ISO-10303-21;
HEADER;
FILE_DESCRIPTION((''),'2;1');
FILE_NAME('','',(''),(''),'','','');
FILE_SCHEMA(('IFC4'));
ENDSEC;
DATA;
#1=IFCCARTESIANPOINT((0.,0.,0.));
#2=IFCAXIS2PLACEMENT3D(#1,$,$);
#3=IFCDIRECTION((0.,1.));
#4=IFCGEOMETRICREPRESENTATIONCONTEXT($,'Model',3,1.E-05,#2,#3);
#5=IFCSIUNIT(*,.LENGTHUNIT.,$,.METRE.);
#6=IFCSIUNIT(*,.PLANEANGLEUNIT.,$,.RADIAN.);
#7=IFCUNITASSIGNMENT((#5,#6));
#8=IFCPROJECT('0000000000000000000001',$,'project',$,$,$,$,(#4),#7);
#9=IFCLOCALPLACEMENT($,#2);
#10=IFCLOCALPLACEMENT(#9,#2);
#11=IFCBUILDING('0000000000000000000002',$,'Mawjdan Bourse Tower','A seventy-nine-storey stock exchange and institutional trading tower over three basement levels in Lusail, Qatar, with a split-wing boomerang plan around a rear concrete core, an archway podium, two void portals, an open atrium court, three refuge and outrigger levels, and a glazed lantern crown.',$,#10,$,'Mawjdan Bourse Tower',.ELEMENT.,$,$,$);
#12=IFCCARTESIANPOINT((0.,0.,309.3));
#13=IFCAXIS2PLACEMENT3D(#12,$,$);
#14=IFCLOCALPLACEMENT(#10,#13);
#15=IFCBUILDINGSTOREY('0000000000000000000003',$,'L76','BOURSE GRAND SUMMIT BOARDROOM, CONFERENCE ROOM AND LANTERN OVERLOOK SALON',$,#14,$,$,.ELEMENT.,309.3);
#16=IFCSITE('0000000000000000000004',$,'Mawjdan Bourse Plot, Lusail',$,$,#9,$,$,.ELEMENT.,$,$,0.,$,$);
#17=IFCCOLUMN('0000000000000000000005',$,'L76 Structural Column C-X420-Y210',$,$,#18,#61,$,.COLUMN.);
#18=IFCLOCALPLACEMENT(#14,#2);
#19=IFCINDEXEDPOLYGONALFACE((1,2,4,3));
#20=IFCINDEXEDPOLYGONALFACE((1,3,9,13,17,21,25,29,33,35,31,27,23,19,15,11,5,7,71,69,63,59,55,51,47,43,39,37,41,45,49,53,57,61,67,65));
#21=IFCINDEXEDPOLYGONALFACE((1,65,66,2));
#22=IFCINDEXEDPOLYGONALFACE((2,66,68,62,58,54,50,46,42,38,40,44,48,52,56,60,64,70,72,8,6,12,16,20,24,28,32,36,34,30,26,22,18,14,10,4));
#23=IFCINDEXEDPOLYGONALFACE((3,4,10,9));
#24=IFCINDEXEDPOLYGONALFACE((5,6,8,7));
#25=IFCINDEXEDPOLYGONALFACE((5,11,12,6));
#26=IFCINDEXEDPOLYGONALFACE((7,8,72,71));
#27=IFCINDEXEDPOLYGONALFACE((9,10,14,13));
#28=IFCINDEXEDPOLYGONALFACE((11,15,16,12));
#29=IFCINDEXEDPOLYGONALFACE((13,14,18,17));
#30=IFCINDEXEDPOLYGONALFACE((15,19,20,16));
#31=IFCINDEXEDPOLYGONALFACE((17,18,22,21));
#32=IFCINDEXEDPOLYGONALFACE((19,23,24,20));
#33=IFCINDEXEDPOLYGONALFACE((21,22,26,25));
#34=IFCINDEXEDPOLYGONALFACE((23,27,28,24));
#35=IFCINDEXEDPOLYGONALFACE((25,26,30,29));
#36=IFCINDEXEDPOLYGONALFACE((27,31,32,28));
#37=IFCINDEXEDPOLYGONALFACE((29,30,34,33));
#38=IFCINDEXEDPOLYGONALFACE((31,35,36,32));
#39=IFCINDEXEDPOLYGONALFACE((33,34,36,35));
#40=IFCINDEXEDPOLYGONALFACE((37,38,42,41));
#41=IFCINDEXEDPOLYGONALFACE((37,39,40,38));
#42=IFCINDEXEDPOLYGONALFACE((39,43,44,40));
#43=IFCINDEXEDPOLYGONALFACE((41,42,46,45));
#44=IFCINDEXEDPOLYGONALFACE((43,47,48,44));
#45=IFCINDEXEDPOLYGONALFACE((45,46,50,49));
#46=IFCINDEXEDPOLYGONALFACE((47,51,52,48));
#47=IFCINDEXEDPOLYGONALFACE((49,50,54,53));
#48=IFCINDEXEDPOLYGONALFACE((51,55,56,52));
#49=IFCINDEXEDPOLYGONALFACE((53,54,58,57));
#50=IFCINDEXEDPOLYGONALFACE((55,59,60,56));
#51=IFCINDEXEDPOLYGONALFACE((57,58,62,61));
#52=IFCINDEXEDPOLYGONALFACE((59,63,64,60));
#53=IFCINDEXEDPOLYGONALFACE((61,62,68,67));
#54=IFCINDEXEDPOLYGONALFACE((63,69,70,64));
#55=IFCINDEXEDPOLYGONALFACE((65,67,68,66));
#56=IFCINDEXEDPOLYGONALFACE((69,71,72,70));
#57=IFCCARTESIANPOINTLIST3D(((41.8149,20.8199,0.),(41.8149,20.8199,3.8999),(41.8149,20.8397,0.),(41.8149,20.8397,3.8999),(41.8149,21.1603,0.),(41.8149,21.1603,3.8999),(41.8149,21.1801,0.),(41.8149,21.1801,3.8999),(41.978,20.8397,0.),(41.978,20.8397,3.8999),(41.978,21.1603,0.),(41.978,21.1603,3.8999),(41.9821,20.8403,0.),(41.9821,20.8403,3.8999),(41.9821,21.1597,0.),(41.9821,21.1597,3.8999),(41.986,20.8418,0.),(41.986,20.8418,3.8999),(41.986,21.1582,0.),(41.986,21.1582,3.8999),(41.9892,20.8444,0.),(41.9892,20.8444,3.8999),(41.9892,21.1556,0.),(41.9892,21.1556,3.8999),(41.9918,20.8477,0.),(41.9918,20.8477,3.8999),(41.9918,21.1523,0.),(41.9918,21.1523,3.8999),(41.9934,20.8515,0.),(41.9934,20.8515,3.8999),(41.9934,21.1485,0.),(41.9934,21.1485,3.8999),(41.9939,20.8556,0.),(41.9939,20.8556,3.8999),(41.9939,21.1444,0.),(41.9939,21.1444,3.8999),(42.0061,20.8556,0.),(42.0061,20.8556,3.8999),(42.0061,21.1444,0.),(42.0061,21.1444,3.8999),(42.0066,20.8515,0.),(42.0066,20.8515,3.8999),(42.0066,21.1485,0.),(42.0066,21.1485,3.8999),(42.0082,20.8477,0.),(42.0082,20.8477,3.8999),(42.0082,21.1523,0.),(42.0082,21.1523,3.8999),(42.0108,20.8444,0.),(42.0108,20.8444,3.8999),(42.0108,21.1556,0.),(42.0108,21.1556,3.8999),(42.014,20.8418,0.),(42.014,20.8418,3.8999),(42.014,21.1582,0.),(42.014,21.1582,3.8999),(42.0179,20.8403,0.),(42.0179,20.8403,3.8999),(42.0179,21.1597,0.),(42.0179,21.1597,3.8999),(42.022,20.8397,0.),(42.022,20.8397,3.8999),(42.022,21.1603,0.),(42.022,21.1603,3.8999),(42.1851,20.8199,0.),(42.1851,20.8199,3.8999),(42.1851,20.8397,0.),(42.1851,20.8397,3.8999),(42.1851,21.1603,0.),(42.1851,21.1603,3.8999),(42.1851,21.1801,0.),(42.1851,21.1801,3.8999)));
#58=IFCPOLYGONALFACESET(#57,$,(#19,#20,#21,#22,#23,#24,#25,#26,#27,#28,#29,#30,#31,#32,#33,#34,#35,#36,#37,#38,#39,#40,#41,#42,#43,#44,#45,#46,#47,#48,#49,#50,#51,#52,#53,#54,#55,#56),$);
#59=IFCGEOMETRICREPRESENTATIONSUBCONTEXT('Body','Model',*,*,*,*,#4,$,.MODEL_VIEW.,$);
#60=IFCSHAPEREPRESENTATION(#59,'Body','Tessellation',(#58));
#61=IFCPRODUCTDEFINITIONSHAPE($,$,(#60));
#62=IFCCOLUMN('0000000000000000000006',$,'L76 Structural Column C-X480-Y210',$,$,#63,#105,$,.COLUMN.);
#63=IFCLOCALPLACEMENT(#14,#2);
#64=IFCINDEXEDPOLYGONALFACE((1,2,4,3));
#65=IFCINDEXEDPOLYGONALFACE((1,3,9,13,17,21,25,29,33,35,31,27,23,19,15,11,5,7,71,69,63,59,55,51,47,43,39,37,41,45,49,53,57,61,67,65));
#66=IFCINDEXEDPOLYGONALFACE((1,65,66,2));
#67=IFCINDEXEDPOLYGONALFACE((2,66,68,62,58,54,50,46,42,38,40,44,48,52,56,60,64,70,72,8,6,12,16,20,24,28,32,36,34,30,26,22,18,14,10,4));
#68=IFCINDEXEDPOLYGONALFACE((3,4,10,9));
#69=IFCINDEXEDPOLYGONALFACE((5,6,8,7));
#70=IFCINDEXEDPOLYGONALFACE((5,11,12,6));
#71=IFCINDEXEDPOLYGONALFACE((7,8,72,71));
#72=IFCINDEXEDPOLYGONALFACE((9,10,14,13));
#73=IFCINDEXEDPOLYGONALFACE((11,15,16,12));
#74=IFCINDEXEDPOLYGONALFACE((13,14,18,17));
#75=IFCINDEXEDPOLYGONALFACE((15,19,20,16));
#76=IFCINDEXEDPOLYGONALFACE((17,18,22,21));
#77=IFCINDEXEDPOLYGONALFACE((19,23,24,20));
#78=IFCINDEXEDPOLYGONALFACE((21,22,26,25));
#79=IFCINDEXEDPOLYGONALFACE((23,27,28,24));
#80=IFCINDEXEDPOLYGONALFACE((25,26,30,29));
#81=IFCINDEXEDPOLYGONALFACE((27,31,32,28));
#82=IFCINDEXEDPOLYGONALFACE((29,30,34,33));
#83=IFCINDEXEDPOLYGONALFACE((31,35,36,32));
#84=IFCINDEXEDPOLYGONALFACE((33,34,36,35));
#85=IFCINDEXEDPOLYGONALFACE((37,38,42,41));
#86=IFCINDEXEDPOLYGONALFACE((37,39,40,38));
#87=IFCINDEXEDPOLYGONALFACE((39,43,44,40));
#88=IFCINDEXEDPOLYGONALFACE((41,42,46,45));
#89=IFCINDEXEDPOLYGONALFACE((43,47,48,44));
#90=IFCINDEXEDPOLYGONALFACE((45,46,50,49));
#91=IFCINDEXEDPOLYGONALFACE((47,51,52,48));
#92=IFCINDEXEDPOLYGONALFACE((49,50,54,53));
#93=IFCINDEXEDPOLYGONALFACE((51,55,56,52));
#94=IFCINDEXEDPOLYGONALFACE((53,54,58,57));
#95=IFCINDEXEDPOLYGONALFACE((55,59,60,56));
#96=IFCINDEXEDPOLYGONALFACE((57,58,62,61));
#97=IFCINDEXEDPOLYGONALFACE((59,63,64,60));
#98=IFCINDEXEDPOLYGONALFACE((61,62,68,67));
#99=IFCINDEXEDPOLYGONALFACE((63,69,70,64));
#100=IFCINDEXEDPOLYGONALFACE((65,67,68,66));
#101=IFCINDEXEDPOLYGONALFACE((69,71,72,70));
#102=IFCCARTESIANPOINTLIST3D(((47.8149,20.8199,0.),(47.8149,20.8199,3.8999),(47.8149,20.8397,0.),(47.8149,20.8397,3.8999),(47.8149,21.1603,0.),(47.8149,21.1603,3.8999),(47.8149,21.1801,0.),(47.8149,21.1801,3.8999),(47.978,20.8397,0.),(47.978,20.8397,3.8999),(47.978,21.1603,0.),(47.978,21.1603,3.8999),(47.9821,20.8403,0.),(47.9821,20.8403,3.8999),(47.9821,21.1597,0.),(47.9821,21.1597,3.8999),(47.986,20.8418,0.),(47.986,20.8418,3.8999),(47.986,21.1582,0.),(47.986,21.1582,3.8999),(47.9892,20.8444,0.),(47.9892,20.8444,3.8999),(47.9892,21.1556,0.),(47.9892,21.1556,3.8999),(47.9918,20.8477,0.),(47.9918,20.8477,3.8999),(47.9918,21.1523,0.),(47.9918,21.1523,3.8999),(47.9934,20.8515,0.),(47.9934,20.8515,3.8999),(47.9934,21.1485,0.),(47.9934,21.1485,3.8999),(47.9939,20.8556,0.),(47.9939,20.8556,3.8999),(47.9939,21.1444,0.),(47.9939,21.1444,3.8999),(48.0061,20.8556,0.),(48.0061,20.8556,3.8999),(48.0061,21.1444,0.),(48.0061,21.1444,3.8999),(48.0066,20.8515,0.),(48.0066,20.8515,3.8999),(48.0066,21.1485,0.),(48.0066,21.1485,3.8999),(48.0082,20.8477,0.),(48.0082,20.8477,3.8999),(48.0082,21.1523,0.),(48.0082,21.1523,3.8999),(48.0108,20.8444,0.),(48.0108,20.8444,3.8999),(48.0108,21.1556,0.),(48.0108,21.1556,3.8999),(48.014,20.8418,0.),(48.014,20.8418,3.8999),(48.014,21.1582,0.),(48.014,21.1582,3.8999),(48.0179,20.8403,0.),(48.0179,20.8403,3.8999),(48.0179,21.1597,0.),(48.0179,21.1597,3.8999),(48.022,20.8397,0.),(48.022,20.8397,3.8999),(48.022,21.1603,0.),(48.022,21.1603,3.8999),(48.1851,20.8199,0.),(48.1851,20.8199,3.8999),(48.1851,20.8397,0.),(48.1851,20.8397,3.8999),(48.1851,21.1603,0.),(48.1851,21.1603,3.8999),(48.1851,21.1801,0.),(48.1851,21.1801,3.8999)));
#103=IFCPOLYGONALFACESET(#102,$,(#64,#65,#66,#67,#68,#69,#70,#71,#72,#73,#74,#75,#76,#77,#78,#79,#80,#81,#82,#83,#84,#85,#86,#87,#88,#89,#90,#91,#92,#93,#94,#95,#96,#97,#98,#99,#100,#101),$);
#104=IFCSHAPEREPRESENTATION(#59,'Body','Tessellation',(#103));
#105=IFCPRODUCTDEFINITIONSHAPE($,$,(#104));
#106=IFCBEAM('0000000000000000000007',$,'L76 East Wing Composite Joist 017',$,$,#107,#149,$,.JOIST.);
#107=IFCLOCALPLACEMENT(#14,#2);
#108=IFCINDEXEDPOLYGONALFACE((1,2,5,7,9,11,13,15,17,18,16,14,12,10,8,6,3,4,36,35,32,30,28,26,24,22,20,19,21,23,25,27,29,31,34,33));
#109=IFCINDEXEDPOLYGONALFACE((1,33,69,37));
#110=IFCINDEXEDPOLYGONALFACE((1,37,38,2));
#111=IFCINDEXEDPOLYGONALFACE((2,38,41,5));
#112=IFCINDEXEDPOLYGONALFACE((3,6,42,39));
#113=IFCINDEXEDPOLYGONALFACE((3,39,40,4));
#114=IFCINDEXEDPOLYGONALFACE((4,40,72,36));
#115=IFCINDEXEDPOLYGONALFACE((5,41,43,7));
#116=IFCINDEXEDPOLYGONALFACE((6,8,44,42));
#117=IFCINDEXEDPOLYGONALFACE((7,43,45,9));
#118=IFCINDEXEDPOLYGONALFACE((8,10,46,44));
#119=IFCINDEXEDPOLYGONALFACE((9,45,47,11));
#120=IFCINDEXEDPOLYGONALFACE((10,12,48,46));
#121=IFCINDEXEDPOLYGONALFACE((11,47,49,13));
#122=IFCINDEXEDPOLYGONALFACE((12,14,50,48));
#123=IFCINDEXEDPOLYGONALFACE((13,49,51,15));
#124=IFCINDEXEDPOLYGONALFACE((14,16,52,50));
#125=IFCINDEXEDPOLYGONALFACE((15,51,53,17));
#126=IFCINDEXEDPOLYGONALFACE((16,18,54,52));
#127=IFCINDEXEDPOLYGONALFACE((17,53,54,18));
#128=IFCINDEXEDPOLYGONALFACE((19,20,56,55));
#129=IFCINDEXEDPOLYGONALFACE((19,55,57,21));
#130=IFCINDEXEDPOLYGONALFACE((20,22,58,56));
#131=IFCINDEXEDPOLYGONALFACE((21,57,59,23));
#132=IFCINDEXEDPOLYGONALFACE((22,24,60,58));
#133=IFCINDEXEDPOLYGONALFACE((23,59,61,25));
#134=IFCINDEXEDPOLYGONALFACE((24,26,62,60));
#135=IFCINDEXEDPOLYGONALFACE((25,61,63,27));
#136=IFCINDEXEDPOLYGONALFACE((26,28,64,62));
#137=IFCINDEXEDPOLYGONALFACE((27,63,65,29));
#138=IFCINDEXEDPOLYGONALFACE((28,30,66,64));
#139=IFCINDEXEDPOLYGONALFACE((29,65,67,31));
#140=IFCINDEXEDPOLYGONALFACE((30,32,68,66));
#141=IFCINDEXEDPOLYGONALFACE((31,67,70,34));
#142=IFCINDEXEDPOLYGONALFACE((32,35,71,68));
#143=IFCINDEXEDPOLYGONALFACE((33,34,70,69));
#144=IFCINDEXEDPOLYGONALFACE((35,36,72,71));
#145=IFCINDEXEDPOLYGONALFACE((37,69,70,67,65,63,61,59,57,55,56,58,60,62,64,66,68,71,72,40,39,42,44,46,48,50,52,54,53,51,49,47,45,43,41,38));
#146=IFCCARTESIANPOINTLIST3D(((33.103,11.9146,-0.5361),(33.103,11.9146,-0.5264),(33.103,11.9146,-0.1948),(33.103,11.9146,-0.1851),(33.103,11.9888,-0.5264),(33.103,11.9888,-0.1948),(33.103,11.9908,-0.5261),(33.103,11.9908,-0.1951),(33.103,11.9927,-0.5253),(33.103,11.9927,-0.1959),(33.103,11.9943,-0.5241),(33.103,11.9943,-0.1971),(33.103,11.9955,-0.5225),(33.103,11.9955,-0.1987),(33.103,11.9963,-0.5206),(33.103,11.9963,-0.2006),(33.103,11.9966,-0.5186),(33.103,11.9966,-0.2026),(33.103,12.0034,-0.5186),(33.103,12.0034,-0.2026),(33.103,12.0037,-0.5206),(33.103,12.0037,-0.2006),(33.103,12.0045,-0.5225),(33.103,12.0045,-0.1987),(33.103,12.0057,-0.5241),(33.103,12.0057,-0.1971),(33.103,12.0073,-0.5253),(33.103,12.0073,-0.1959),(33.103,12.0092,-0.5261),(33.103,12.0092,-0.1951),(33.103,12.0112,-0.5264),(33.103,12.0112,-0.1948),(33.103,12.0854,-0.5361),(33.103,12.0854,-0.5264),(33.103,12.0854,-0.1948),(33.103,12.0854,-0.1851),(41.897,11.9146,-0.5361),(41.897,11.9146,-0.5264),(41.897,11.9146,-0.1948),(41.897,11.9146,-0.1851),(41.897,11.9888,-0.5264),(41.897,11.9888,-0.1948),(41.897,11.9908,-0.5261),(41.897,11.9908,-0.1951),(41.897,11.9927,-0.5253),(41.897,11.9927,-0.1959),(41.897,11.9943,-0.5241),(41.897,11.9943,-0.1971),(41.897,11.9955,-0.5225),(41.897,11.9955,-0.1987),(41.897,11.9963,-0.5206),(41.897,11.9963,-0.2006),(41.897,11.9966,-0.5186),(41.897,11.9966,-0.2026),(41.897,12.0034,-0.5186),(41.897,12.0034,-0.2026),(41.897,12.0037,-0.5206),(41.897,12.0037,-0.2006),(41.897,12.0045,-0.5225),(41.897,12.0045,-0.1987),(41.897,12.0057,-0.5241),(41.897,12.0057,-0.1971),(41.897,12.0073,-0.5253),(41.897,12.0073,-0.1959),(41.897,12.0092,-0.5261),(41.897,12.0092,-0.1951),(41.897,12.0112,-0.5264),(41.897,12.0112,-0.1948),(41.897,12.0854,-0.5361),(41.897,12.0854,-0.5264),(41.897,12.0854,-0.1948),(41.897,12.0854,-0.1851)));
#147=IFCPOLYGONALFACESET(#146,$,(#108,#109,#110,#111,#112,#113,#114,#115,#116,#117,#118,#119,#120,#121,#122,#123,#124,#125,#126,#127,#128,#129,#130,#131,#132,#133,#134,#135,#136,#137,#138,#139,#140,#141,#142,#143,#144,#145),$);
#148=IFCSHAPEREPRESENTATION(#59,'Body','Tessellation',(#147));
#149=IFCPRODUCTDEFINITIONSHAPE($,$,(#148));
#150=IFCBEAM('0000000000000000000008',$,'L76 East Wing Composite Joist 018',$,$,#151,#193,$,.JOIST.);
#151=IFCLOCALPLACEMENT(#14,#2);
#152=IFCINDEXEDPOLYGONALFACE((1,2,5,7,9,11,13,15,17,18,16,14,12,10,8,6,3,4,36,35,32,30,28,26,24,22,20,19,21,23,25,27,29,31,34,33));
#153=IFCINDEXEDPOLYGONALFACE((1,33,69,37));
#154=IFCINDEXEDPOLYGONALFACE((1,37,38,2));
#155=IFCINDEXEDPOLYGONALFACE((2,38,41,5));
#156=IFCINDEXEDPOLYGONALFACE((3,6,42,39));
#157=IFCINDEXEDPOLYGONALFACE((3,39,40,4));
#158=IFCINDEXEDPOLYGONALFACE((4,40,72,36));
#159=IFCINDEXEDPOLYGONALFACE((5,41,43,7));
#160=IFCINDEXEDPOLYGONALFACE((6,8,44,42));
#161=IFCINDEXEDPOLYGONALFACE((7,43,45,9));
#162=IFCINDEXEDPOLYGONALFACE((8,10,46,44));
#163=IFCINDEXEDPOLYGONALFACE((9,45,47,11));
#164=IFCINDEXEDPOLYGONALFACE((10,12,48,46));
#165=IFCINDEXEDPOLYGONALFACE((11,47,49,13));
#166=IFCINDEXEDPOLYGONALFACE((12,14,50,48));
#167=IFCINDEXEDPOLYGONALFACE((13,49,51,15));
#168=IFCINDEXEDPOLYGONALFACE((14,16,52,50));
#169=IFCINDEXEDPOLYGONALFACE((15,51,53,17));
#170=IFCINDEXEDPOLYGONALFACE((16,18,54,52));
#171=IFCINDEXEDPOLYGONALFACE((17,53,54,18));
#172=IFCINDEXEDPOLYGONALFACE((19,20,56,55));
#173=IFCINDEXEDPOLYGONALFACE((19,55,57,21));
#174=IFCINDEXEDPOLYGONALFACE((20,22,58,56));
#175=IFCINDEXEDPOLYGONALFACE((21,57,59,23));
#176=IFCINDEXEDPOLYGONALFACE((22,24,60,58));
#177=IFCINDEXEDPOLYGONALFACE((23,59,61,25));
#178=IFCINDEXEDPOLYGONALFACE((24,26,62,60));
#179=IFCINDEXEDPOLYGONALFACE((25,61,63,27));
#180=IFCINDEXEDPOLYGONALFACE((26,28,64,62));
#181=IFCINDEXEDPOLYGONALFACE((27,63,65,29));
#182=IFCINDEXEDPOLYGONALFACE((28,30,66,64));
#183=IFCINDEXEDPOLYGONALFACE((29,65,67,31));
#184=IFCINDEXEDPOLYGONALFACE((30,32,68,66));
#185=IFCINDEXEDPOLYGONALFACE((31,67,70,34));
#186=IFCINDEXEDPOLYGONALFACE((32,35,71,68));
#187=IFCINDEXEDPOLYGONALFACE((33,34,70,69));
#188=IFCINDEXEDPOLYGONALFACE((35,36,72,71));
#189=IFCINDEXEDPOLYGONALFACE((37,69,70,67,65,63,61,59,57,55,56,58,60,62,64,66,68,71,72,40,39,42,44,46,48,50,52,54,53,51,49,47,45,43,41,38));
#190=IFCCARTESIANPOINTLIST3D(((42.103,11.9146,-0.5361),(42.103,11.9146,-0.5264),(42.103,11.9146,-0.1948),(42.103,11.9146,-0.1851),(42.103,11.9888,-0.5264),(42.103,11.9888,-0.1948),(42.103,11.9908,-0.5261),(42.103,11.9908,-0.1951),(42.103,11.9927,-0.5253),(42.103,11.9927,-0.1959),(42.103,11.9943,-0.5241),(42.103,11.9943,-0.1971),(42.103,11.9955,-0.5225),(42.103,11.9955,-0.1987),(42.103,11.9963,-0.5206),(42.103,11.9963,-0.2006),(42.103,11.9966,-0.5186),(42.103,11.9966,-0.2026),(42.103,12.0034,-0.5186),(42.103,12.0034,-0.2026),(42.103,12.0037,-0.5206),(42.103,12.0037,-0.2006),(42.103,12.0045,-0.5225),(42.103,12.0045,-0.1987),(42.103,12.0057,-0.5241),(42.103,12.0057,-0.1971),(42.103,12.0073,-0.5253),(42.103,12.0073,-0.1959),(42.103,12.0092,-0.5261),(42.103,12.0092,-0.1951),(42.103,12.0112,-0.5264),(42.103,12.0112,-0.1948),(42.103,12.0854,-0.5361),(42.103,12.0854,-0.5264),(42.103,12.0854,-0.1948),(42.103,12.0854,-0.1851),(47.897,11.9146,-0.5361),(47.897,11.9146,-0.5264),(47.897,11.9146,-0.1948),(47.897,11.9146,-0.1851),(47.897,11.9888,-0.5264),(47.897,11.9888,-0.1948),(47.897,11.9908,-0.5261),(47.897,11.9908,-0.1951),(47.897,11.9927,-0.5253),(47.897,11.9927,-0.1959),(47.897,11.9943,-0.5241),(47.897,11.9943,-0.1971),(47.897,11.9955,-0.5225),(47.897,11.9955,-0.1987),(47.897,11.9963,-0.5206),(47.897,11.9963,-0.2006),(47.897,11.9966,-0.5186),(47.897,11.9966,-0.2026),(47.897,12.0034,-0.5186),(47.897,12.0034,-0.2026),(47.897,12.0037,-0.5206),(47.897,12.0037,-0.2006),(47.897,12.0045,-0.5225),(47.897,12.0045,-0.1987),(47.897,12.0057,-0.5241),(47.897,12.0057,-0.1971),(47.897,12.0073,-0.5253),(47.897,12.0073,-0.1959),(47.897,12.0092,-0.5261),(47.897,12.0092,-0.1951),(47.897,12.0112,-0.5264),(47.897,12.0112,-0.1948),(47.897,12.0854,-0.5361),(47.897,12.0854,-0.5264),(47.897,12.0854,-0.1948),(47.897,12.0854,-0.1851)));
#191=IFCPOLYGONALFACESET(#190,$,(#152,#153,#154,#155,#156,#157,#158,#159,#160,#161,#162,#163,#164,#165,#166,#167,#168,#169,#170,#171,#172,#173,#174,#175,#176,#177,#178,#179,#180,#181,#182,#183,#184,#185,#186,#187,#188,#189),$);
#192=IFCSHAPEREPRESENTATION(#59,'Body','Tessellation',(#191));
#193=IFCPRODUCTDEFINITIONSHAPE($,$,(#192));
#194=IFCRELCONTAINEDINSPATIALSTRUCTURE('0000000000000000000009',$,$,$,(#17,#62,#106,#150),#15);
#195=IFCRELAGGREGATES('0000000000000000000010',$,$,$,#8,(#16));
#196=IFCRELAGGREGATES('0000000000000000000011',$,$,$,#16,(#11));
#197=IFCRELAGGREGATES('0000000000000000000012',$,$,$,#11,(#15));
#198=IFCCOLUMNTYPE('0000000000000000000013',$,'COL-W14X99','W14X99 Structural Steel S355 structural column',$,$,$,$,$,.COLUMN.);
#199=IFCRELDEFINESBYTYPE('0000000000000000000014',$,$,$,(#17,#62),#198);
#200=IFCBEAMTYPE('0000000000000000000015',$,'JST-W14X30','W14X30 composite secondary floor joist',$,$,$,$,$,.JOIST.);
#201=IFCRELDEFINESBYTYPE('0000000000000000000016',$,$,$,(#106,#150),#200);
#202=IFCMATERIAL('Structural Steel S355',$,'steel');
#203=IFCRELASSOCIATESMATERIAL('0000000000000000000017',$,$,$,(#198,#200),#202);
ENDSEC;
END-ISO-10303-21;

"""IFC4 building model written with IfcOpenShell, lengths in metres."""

from ifc_helpers import new_model, si_unit, direction, frame, origin, origin_2d, place, context, subcontext, project, spatial, i_section, extrude, material, material_profile, profile_set, type_object, element, save


model = new_model("IFC4")

# Units and contexts
model_context = context("Model", 3, precision=1e-05, world=origin(), true_north=direction((0.0, 1.0)))
body_context = subcontext(model_context, "Body", "Model", "MODEL_VIEW")
ifc_project = project(units=[si_unit("LENGTHUNIT", "METRE"), si_unit("PLANEANGLEUNIT", "RADIAN")], contexts=[model_context])

# Site, building, storey
site_placement = place(None, origin())
site = spatial("IfcSite", under=ifc_project, at=site_placement, Name="Mawjdan Bourse Plot, Lusail", CompositionType="ELEMENT", RefElevation=0.0)
building_placement = place(site_placement, origin())
building = spatial("IfcBuilding", under=site, at=building_placement, Name="Mawjdan Bourse Tower", Description="A seventy-nine-storey stock exchange and institutional trading tower over three basement levels in Lusail, Qatar, with a split-wing boomerang plan around a rear concrete core, an archway podium, two void portals, an open atrium court, three refuge and outrigger levels, and a glazed lantern crown.", LongName="Mawjdan Bourse Tower", CompositionType="ELEMENT")
storey_placement = place(building_placement, frame((0.0, 0.0, 309.3)))
storey = spatial("IfcBuildingStorey", under=building, at=storey_placement, Name="L76", Description="BOURSE GRAND SUMMIT BOARDROOM, CONFERENCE ROOM AND LANTERN OVERLOOK SALON", CompositionType="ELEMENT", Elevation=309.3)

# Columns
ifc_material_1 = material(Name="Structural Steel S355", Category="steel")
ifc_material_profile_1 = material_profile(ifc_material_1, i_section(OverallWidth=0.3701, OverallDepth=0.3601, WebThickness=0.0122, FlangeThickness=0.0198, FilletRadius=0.0159, at=origin_2d()), Name="W14X99")
ifc_profile_set_1 = profile_set([ifc_material_profile_1], Name="Structural Steel S355")
column_type = type_object("IfcColumnType", Name="COL-W14X99", Description="W14X99 Structural Steel S355 structural column", PredefinedType="COLUMN", material=ifc_profile_set_1)
for number, where, z_axis, x_axis, name in (
    (1, (42.0, 21.0, 0.0), (0.0, 0.0, 1.0), (1.0, 0.0, 0.0), "L76 Structural Column C-X420-Y210"),
    (2, (48.0, 21.0, 0.0), (0.0, 0.0, 1.0), (1.0, 0.0, 0.0), "L76 Structural Column C-X480-Y210"),
):
    element("IfcColumn", number, at=place(storey_placement, frame(where, z_axis=z_axis, x_axis=x_axis)), inside=storey, type_object=column_type, Name=name, PredefinedType="COLUMN", context=body_context, shape_type="SweptSolid", body=[
        extrude(i_section(OverallWidth=0.3701, OverallDepth=0.3601, WebThickness=0.0122, FlangeThickness=0.0198, FilletRadius=0.0159, at=origin_2d()), origin(), (0.0, 0.0, 1.0), 3.8999),
    ])

# Beams
ifc_material_profile_2 = material_profile(ifc_material_1, i_section(OverallWidth=0.1709, OverallDepth=0.3511, WebThickness=0.0068, FlangeThickness=0.0098, FilletRadius=0.0078, at=origin_2d()), Name="W14X30")
ifc_profile_set_2 = profile_set([ifc_material_profile_2], Name="Structural Steel S355")
beam_type_1 = type_object("IfcBeamType", Name="JST-W14X30", Description="W14X30 composite secondary floor joist", PredefinedType="JOIST", material=ifc_profile_set_2)
beam_1_placement = place(storey_placement, frame((33.103, 12.0, -0.3606), z_axis=(1.0, 0.0, 0.0), x_axis=(0.0, 1.0, 0.0)))
element("IfcBeam", 3, at=beam_1_placement, inside=storey, type_object=beam_type_1, Name="L76 East Wing Composite Joist 017", PredefinedType="JOIST", context=body_context, shape_type="SweptSolid", body=[
    extrude(i_section(OverallWidth=0.1709, OverallDepth=0.3511, WebThickness=0.0068, FlangeThickness=0.0098, FilletRadius=0.0078, at=origin_2d()), origin(), (0.0, 0.0, 1.0), 8.7939),
])
beam_2_placement = place(storey_placement, frame((42.103, 12.0, -0.3606), z_axis=(1.0, 0.0, 0.0), x_axis=(0.0, 1.0, 0.0)))
element("IfcBeam", 4, at=beam_2_placement, inside=storey, type_object=beam_type_1, Name="L76 East Wing Composite Joist 018", PredefinedType="JOIST", context=body_context, shape_type="SweptSolid", body=[
    extrude(i_section(OverallWidth=0.1709, OverallDepth=0.3511, WebThickness=0.0068, FlangeThickness=0.0098, FilletRadius=0.0078, at=origin_2d()), origin(), (0.0, 0.0, 1.0), 5.7939),
])

save(model, "model.ifc")
